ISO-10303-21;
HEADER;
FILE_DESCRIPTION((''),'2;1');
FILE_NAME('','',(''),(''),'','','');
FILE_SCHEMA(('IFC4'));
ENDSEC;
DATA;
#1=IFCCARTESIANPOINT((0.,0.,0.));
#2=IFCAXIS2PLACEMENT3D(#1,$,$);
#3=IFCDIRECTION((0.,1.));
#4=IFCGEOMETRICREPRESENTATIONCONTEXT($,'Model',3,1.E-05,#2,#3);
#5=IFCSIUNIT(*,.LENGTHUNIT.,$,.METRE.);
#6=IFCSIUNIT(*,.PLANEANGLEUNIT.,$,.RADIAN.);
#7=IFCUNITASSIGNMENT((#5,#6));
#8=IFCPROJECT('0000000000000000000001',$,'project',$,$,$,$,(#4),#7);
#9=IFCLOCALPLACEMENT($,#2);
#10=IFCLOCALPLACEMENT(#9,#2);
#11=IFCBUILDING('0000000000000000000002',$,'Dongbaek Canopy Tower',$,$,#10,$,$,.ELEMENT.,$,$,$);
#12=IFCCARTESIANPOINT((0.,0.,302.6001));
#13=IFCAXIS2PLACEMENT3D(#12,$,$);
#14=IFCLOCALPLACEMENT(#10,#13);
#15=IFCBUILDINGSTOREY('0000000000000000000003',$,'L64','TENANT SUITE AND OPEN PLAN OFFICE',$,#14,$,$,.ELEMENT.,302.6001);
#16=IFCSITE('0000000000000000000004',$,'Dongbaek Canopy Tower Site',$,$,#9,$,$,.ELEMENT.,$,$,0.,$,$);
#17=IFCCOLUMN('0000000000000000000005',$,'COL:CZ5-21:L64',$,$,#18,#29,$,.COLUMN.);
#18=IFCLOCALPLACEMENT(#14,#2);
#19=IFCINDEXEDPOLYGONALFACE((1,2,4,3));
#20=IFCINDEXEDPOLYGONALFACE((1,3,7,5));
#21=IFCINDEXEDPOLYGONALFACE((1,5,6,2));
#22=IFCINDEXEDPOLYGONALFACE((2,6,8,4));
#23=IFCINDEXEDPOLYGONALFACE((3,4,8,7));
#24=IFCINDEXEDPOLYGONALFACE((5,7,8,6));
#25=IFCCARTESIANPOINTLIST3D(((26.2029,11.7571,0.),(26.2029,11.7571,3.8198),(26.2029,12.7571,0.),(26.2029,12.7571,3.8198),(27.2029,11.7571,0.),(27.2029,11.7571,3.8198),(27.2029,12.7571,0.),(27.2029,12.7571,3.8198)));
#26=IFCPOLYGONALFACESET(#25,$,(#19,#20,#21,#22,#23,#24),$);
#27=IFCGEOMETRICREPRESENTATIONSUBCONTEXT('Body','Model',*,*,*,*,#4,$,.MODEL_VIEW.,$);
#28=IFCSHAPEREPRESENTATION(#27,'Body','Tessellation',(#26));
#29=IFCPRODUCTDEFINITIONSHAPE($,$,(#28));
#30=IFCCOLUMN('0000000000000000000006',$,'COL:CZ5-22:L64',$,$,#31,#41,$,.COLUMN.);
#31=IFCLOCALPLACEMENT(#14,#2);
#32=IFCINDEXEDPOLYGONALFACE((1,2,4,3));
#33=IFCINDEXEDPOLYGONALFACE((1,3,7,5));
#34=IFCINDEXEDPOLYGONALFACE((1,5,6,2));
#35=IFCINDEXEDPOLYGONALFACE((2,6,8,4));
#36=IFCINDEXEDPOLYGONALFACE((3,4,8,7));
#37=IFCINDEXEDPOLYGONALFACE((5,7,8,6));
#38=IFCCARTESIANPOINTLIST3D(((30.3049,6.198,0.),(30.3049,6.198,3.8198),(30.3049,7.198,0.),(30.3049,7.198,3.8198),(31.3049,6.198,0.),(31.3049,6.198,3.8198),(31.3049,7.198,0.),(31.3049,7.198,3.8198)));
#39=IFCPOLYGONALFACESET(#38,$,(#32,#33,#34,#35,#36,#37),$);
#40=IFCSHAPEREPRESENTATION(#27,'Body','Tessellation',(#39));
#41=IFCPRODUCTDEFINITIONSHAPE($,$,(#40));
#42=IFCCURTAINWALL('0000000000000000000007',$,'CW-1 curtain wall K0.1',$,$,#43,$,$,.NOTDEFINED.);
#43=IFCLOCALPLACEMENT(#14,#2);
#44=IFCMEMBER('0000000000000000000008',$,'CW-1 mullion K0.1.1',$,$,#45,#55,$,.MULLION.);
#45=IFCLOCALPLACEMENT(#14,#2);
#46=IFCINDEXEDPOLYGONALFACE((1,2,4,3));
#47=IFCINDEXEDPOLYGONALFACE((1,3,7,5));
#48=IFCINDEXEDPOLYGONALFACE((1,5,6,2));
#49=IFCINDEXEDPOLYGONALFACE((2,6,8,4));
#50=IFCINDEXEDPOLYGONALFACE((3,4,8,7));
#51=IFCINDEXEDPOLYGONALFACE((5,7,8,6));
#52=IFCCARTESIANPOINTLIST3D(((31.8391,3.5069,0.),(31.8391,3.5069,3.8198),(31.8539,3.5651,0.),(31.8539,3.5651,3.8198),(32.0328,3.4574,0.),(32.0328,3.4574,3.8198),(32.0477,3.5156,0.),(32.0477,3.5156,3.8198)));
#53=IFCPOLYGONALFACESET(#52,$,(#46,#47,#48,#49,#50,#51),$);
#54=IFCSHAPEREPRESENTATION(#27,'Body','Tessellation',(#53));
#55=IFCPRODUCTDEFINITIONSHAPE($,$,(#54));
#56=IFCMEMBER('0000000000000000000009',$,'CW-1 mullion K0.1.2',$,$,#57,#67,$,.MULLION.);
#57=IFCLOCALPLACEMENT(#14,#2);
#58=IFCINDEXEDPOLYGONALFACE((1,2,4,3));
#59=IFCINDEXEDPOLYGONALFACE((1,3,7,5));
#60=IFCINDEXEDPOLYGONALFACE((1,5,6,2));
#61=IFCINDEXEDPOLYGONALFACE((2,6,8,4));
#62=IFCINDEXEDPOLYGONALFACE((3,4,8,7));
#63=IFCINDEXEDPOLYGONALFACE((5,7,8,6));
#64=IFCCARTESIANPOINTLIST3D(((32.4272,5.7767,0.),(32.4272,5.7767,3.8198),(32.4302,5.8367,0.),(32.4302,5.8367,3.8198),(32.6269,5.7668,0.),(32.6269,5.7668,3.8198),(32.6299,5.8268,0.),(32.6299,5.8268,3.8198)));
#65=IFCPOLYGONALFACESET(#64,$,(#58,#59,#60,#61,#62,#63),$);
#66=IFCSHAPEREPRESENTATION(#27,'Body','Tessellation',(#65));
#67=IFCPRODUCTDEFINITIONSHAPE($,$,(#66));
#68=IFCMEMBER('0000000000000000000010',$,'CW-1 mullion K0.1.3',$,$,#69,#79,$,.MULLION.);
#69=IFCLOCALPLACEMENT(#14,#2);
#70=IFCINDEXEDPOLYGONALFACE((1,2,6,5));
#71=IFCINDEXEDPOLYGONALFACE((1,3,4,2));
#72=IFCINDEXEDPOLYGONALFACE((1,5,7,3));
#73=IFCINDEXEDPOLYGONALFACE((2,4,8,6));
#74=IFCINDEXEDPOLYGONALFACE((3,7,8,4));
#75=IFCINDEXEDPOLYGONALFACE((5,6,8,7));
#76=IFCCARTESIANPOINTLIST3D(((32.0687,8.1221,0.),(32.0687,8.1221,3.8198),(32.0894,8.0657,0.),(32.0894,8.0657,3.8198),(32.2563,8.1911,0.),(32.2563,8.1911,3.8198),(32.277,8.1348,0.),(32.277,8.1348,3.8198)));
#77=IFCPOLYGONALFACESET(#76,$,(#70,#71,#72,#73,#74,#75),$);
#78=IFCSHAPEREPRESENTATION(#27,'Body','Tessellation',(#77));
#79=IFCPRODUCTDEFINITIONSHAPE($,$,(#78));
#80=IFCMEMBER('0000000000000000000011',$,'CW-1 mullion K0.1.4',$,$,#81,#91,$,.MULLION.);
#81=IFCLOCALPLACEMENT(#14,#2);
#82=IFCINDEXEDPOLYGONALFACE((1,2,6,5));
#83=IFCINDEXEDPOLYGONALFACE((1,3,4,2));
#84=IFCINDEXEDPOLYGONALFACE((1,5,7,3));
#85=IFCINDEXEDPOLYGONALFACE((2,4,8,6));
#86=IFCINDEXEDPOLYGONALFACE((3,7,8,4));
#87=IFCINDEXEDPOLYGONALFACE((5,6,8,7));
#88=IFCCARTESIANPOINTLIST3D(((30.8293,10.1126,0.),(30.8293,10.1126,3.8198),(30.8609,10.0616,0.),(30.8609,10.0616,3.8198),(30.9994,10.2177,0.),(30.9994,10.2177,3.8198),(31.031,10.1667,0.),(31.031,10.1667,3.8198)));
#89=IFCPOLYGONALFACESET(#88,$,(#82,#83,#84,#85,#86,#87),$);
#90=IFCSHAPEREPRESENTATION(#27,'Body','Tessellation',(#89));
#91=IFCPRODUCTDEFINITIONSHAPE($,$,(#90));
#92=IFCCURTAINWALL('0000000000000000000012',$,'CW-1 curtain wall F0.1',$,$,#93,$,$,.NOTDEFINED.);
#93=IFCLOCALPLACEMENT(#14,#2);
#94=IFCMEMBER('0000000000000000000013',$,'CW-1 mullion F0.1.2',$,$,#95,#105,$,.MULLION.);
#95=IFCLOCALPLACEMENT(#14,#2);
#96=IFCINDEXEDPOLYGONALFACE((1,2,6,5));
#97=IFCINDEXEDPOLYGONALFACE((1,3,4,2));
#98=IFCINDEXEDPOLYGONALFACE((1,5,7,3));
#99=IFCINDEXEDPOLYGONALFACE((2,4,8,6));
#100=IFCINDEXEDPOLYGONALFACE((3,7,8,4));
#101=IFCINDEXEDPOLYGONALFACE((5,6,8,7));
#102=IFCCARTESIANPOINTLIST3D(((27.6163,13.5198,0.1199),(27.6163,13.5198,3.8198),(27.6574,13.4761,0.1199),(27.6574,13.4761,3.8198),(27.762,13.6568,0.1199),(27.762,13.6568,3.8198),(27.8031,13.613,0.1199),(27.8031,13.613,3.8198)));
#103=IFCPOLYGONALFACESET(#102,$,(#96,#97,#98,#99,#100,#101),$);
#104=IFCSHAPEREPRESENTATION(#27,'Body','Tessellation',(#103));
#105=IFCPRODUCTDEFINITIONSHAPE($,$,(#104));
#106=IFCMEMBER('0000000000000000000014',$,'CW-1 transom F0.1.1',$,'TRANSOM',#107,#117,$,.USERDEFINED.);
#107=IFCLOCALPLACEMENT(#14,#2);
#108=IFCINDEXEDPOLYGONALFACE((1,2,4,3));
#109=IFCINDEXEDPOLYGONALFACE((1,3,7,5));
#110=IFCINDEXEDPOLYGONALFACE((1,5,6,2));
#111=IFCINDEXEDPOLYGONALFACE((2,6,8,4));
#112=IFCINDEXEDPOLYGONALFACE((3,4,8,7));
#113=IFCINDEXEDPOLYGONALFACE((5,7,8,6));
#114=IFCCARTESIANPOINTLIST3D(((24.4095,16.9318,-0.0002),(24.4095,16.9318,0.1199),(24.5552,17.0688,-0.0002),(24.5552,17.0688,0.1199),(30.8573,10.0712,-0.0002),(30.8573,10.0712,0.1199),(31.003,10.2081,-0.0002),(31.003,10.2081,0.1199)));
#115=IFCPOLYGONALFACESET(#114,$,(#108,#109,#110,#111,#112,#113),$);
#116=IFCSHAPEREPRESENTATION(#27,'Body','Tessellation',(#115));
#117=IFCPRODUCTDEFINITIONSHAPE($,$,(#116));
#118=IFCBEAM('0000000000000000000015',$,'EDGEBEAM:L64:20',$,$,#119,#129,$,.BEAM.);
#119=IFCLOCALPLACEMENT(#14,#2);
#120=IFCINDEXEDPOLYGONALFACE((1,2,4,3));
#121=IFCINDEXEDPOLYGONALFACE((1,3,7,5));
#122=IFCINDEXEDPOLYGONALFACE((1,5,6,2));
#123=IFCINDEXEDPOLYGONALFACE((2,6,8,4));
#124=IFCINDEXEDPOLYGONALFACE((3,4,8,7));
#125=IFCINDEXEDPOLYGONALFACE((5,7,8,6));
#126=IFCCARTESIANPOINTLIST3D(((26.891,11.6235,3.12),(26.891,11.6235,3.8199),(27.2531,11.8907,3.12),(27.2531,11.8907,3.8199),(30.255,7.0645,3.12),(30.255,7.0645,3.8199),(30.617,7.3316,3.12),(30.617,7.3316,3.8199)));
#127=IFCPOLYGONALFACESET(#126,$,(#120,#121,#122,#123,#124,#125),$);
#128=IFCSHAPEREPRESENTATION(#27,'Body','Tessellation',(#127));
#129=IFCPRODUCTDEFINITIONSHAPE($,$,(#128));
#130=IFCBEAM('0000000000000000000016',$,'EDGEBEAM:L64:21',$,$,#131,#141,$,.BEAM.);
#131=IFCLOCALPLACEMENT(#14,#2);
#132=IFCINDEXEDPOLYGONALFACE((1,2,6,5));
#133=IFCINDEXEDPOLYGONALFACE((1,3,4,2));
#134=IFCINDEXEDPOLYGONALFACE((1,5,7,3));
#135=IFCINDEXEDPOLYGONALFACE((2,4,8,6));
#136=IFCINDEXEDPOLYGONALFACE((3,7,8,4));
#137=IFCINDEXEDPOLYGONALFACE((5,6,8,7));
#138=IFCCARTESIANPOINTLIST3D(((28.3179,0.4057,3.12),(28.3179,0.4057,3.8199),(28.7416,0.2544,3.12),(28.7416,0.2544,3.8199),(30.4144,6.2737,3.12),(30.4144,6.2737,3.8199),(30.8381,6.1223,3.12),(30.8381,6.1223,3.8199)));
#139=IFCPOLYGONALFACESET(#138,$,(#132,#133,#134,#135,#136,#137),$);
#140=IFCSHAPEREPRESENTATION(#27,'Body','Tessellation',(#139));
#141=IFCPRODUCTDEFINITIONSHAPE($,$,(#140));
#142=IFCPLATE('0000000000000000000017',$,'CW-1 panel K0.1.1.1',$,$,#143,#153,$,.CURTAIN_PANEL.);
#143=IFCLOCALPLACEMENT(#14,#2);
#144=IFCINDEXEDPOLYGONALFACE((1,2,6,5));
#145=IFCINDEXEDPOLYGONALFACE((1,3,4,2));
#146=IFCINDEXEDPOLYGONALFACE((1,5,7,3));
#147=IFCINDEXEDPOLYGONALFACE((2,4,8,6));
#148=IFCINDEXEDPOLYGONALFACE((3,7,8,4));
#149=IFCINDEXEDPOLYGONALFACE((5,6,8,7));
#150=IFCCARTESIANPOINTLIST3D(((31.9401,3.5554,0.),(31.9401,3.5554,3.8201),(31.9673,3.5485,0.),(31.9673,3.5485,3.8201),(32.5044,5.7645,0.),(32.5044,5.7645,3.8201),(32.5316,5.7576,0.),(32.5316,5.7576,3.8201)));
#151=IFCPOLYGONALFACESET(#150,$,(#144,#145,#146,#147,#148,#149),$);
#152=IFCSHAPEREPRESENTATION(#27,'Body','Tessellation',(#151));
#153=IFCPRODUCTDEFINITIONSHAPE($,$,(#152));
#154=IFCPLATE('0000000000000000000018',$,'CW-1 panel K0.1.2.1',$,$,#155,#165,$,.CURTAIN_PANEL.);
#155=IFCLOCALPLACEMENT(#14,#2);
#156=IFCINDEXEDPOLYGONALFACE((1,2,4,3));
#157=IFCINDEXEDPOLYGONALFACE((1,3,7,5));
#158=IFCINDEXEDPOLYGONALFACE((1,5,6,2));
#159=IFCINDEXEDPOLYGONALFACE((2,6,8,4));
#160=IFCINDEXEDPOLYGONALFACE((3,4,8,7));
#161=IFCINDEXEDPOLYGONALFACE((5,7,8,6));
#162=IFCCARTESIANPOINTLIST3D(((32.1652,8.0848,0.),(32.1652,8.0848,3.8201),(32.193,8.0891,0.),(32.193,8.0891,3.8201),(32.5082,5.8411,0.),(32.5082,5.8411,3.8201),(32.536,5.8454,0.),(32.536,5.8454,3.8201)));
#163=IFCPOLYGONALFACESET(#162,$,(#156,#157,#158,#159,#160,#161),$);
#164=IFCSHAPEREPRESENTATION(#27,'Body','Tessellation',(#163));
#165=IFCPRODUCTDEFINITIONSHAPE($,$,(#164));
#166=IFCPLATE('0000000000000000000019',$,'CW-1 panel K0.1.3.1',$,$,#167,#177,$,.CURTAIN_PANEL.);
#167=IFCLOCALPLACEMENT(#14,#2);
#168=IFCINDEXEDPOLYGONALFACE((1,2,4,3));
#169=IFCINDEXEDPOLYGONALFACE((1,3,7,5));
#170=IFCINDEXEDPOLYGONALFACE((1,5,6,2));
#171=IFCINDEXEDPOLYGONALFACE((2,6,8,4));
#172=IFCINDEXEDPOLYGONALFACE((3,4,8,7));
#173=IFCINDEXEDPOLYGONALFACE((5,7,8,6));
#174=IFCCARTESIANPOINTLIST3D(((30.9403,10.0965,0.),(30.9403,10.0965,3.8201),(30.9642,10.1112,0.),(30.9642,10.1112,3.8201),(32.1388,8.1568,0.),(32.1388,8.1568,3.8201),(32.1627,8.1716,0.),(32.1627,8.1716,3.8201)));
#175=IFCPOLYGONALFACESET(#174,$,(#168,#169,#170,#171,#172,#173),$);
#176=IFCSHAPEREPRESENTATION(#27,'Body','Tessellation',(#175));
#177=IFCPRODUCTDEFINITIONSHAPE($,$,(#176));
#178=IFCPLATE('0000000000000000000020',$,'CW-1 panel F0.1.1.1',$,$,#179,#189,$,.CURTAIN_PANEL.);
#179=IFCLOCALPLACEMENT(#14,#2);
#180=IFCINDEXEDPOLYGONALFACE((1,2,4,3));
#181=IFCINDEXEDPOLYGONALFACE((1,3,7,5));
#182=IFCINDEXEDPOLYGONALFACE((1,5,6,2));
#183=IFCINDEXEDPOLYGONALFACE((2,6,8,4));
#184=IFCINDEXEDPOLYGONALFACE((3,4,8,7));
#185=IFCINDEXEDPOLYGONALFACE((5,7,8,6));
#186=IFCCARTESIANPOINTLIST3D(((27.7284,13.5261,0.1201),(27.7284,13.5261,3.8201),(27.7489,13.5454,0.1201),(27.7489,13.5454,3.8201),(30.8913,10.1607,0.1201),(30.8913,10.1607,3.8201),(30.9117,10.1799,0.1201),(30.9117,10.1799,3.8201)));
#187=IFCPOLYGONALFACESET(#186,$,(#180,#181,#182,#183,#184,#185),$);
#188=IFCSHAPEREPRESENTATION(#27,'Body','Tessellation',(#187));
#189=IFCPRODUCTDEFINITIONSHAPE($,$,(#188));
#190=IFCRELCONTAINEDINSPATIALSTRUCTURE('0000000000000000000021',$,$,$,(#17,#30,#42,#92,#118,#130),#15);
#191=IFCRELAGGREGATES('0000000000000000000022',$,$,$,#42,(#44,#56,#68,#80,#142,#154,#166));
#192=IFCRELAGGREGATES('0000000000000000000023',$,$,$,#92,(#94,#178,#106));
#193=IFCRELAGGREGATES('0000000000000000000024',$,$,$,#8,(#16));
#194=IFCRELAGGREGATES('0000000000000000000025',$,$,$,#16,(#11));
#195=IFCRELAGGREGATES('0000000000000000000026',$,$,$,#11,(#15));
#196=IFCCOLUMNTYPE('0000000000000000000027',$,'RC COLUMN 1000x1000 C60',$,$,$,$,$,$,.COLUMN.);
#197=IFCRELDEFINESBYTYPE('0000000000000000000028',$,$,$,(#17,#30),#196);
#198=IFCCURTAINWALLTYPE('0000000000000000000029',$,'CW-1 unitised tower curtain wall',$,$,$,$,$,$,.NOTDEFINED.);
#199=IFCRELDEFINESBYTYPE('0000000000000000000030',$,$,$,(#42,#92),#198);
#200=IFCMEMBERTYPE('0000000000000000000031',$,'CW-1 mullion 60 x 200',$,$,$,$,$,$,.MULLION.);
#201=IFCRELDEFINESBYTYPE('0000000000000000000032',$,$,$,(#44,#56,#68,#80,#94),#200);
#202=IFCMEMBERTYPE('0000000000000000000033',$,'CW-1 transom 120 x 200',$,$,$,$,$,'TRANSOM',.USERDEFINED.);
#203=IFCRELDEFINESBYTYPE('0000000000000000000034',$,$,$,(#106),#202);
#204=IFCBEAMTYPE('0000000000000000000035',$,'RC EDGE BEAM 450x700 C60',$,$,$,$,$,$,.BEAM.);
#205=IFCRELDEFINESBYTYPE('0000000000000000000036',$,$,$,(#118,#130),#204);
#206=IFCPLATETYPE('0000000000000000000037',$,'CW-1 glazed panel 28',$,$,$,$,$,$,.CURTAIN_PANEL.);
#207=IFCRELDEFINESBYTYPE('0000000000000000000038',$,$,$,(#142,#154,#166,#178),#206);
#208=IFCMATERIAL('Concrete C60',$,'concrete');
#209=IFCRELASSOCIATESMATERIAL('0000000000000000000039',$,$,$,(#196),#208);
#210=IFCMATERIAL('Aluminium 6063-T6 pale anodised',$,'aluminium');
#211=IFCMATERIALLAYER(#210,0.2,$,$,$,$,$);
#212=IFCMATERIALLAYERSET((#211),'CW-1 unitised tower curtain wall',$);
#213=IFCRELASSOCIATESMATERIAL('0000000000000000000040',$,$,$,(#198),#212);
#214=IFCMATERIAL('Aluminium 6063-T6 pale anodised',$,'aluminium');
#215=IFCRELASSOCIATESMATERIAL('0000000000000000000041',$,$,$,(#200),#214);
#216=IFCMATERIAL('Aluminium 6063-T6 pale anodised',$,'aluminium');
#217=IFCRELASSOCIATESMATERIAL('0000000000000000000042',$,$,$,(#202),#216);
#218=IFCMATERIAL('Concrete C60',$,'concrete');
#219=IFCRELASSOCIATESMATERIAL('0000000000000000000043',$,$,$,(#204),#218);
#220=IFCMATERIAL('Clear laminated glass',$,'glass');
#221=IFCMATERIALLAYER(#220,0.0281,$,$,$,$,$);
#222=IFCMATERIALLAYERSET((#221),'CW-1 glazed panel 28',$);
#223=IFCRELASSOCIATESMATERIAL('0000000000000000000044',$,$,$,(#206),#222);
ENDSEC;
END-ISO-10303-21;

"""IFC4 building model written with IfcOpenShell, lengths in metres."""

from ifc_helpers import new_model, si_unit, direction, frame, origin, origin_2d, place, context, subcontext, project, spatial, rectangle, extrude, material, layer, layer_set, material_profile, profile_set, type_object, element, aggregate, save


model = new_model("IFC4")

# Units and contexts
model_context = context("Model", 3, precision=1e-05, world=origin(), true_north=direction((0.0, 1.0)))
body_context = subcontext(model_context, "Body", "Model", "MODEL_VIEW")
ifc_project = project(units=[si_unit("LENGTHUNIT", "METRE"), si_unit("PLANEANGLEUNIT", "RADIAN")], contexts=[model_context])

# Site, building, storey
site_placement = place(None, origin())
site = spatial("IfcSite", under=ifc_project, at=site_placement, Name="Dongbaek Canopy Tower Site", CompositionType="ELEMENT", RefElevation=0.0)
building_placement = place(site_placement, origin())
building = spatial("IfcBuilding", under=site, at=building_placement, Name="Dongbaek Canopy Tower", CompositionType="ELEMENT")
storey_placement = place(building_placement, frame((0.0, 0.0, 302.6001)))
storey = spatial("IfcBuildingStorey", under=building, at=storey_placement, Name="L64", Description="TENANT SUITE AND OPEN PLAN OFFICE", CompositionType="ELEMENT", Elevation=302.6001)

# Columns
ifc_material_1 = material(Name="Concrete C60", Category="concrete")
ifc_material_profile_1 = material_profile(ifc_material_1, rectangle(XDim=1.0, YDim=1.0, at=origin_2d()), Name="RC COLUMN 1000x1000 C60")
ifc_profile_set_1 = profile_set([ifc_material_profile_1], Name="Concrete C60")
column_type = type_object("IfcColumnType", Name="RC COLUMN 1000x1000 C60", PredefinedType="COLUMN", material=ifc_profile_set_1)
for number, where, z_axis, x_axis, name in (
    (1, (26.7029, 12.2571, 0.0), (0.0, 0.0, 1.0), (1.0, 0.0, 0.0), "COL:CZ5-21:L64"),
    (2, (30.8049, 6.698, 0.0), (0.0, 0.0, 1.0), (1.0, 0.0, 0.0), "COL:CZ5-22:L64"),
):
    element("IfcColumn", number, at=place(storey_placement, frame(where, z_axis=z_axis, x_axis=x_axis)), inside=storey, type_object=column_type, Name=name, PredefinedType="COLUMN", context=body_context, shape_type="SweptSolid", body=[
        extrude(rectangle(XDim=1.0, YDim=1.0, at=origin_2d()), origin(), (0.0, 0.0, 1.0), 3.8198),
    ])

# Curtain walls, members
ifc_material_2 = material(Name="Aluminium 6063-T6 pale anodised", Category="aluminium")
ifc_layer_1 = layer(ifc_material_2, 0.2)
ifc_layer_set_1 = layer_set([ifc_layer_1], Name="CW-1 unitised tower curtain wall")
curtain_wall_type = type_object("IfcCurtainWallType", Name="CW-1 unitised tower curtain wall", PredefinedType="NOTDEFINED", material=ifc_layer_set_1)
curtain_wall_1_placement = place(storey_placement, origin())
curtain_wall_1 = element("IfcCurtainWall", 3, at=curtain_wall_1_placement, inside=storey, type_object=curtain_wall_type, Name="CW-1 curtain wall K0.1", PredefinedType="NOTDEFINED")
ifc_material_3 = material(Name="Aluminium 6063-T6 pale anodised", Category="aluminium")
ifc_material_profile_2 = material_profile(ifc_material_3, rectangle(XDim=0.2, YDim=0.0601, at=origin_2d()), Name="CW-1 mullion 60 x 200")
ifc_profile_set_2 = profile_set([ifc_material_profile_2], Name="Aluminium 6063-T6 pale anodised")
member_type_1 = type_object("IfcMemberType", Name="CW-1 mullion 60 x 200", PredefinedType="MULLION", material=ifc_profile_set_2)
member_1_placement = place(storey_placement, frame((31.9434, 3.5112, 0.0), z_axis=(0.0, 0.0, 1.0), x_axis=(0.968887, -0.247503, 0.0)))
member_1 = element("IfcMember", 4, at=member_1_placement, type_object=member_type_1, Name="CW-1 mullion K0.1.1", PredefinedType="MULLION", context=body_context, shape_type="SweptSolid", body=[
    extrude(rectangle(XDim=0.2, YDim=0.0601, at=origin_2d()), origin(), (0.0, 0.0, 1.0), 3.8198),
])
member_2_placement = place(storey_placement, frame((32.5286, 5.8018, 0.0), z_axis=(0.0, 0.0, 1.0), x_axis=(0.99879, -0.049188, 0.0)))
member_2 = element("IfcMember", 5, at=member_2_placement, type_object=member_type_1, Name="CW-1 mullion K0.1.2", PredefinedType="MULLION", context=body_context, shape_type="SweptSolid", body=[
    extrude(rectangle(XDim=0.2, YDim=0.0601, at=origin_2d()), origin(), (0.0, 0.0, 1.0), 3.8198),
])
member_3_placement = place(storey_placement, frame((32.1729, 8.1284, 0.0), z_axis=(0.0, 0.0, 1.0), x_axis=(0.938484, 0.345322, 0.0)))
member_3 = element("IfcMember", 6, at=member_3_placement, type_object=member_type_1, Name="CW-1 mullion K0.1.3", PredefinedType="MULLION", context=body_context, shape_type="SweptSolid", body=[
    extrude(rectangle(XDim=0.2, YDim=0.0601, at=origin_2d()), origin(), (0.0, 0.0, 1.0), 3.8198),
])
member_4_placement = place(storey_placement, frame((30.9302, 10.1396, 0.0), z_axis=(0.0, 0.0, 1.0), x_axis=(0.850702, 0.525648, 0.0)))
member_4 = element("IfcMember", 7, at=member_4_placement, type_object=member_type_1, Name="CW-1 mullion K0.1.4", PredefinedType="MULLION", context=body_context, shape_type="SweptSolid", body=[
    extrude(rectangle(XDim=0.2, YDim=0.0601, at=origin_2d()), origin(), (0.0, 0.0, 1.0), 3.8198),
])
curtain_wall_2_placement = place(storey_placement, origin())
curtain_wall_2 = element("IfcCurtainWall", 8, at=curtain_wall_2_placement, inside=storey, type_object=curtain_wall_type, Name="CW-1 curtain wall F0.1", PredefinedType="NOTDEFINED")
member_5_placement = place(storey_placement, frame((27.7097, 13.5664, 0.1199), z_axis=(0.0, 0.0, 1.0), x_axis=(0.728702, 0.684831, 0.0)))
member_5 = element("IfcMember", 9, at=member_5_placement, type_object=member_type_1, Name="CW-1 mullion F0.1.2", PredefinedType="MULLION", context=body_context, shape_type="SweptSolid", body=[
    extrude(rectangle(XDim=0.2, YDim=0.0601, at=origin_2d()), origin(), (0.0, 0.0, 1.0), 3.7),
])
ifc_material_4 = material(Name="Aluminium 6063-T6 pale anodised", Category="aluminium")
ifc_material_profile_3 = material_profile(ifc_material_4, rectangle(XDim=0.2, YDim=0.1201, at=origin_2d()), Name="CW-1 transom 120 x 200")
ifc_profile_set_3 = profile_set([ifc_material_profile_3], Name="Aluminium 6063-T6 pale anodised")
member_type_2 = type_object("IfcMemberType", Name="CW-1 transom 120 x 200", ElementType="TRANSOM", PredefinedType="USERDEFINED", material=ifc_profile_set_3)
member_6_placement = place(storey_placement, frame((30.9302, 10.1396, 0.0598), z_axis=(-0.684842, 0.728692, 0.0), x_axis=(-0.728692, -0.684842, 0.0)))
member_6 = element("IfcMember", 10, at=member_6_placement, type_object=member_type_2, Name="CW-1 transom F0.1.1", ObjectType="TRANSOM", PredefinedType="USERDEFINED", context=body_context, shape_type="SweptSolid", body=[
    extrude(rectangle(XDim=0.2, YDim=0.1201, at=origin_2d()), origin(), (0.0, 0.0, 1.0), 9.415),
])

# Beams
ifc_material_5 = material(Name="Concrete C60", Category="concrete")
ifc_material_profile_4 = material_profile(ifc_material_5, rectangle(XDim=0.45, YDim=0.7, at=origin_2d()), Name="RC EDGE BEAM 450x700 C60")
ifc_profile_set_4 = profile_set([ifc_material_profile_4], Name="Concrete C60")
beam_type = type_object("IfcBeamType", Name="RC EDGE BEAM 450x700 C60", PredefinedType="BEAM", material=ifc_profile_set_4)
beam_1_placement = place(storey_placement, frame((27.072, 11.7571, 3.47), z_axis=(0.593735, -0.80466, 0.0), x_axis=(0.80466, 0.593735, 0.0)))
element("IfcBeam", 11, at=beam_1_placement, inside=storey, type_object=beam_type, Name="EDGEBEAM:L64:20", PredefinedType="BEAM", context=body_context, shape_type="SweptSolid", body=[
    extrude(rectangle(XDim=0.45, YDim=0.7, at=origin_2d()), origin(), (0.0, 0.0, 1.0), 5.6658),
])
beam_2_placement = place(storey_placement, frame((30.6262, 6.198, 3.47), z_axis=(-0.336443, -0.941704, 0.0), x_axis=(0.941704, -0.336443, 0.0)))
element("IfcBeam", 12, at=beam_2_placement, inside=storey, type_object=beam_type, Name="EDGEBEAM:L64:21", PredefinedType="BEAM", context=body_context, shape_type="SweptSolid", body=[
    extrude(rectangle(XDim=0.45, YDim=0.7, at=origin_2d()), origin(), (0.0, 0.0, 1.0), 6.2312),
])

# Plates
ifc_material_6 = material(Name="Clear laminated glass", Category="glass")
ifc_layer_2 = layer(ifc_material_6, 0.0281)
ifc_layer_set_2 = layer_set([ifc_layer_2], Name="CW-1 glazed panel 28")
plate_type = type_object("IfcPlateType", Name="CW-1 glazed panel 28", PredefinedType="CURTAIN_PANEL", material=ifc_layer_set_2)
plate_1_placement = place(storey_placement, frame((32.2358, 4.6565, 0.0), z_axis=(0.0, 0.0, 1.0), x_axis=(0.247503, 0.968887, 0.0)))
plate_1 = element("IfcPlate", 13, at=plate_1_placement, type_object=plate_type, Name="CW-1 panel K0.1.1.1", PredefinedType="CURTAIN_PANEL", context=body_context, shape_type="SweptSolid", body=[
    extrude(rectangle(XDim=2.28, YDim=0.0281, at=origin_2d()), origin(), (0.0, 0.0, 1.0), 3.8201),
])
plate_2_placement = place(storey_placement, frame((32.3506, 6.9651, 0.0), z_axis=(0.0, 0.0, 1.0), x_axis=(-0.151106, 0.988518, 0.0)))
plate_2 = element("IfcPlate", 14, at=plate_2_placement, type_object=plate_type, Name="CW-1 panel K0.1.2.1", PredefinedType="CURTAIN_PANEL", context=body_context, shape_type="SweptSolid", body=[
    extrude(rectangle(XDim=2.2698, YDim=0.0281, at=origin_2d()), origin(), (0.0, 0.0, 1.0), 3.8201),
])
plate_3_placement = place(storey_placement, frame((31.5515, 9.134, 0.0), z_axis=(0.0, 0.0, 1.0), x_axis=(-0.525648, 0.850702, 0.0)))
plate_3 = element("IfcPlate", 15, at=plate_3_placement, type_object=plate_type, Name="CW-1 panel K0.1.3.1", PredefinedType="CURTAIN_PANEL", context=body_context, shape_type="SweptSolid", body=[
    extrude(rectangle(XDim=2.28, YDim=0.0281, at=origin_2d()), origin(), (0.0, 0.0, 1.0), 3.8201),
])
plate_4_placement = place(storey_placement, frame((29.3201, 11.853, 0.1201), z_axis=(0.0, 0.0, 1.0), x_axis=(-0.684831, 0.728702, 0.0)))
plate_4 = element("IfcPlate", 16, at=plate_4_placement, type_object=plate_type, Name="CW-1 panel F0.1.1.1", PredefinedType="CURTAIN_PANEL", context=body_context, shape_type="SweptSolid", body=[
    extrude(rectangle(XDim=4.6184, YDim=0.0281, at=origin_2d()), origin(), (0.0, 0.0, 1.0), 3.7),
])

aggregate(curtain_wall_1, [member_1, member_2, member_3, member_4, plate_1, plate_2, plate_3])
aggregate(curtain_wall_2, [member_5, plate_4, member_6])

save(model, "model.ifc")
